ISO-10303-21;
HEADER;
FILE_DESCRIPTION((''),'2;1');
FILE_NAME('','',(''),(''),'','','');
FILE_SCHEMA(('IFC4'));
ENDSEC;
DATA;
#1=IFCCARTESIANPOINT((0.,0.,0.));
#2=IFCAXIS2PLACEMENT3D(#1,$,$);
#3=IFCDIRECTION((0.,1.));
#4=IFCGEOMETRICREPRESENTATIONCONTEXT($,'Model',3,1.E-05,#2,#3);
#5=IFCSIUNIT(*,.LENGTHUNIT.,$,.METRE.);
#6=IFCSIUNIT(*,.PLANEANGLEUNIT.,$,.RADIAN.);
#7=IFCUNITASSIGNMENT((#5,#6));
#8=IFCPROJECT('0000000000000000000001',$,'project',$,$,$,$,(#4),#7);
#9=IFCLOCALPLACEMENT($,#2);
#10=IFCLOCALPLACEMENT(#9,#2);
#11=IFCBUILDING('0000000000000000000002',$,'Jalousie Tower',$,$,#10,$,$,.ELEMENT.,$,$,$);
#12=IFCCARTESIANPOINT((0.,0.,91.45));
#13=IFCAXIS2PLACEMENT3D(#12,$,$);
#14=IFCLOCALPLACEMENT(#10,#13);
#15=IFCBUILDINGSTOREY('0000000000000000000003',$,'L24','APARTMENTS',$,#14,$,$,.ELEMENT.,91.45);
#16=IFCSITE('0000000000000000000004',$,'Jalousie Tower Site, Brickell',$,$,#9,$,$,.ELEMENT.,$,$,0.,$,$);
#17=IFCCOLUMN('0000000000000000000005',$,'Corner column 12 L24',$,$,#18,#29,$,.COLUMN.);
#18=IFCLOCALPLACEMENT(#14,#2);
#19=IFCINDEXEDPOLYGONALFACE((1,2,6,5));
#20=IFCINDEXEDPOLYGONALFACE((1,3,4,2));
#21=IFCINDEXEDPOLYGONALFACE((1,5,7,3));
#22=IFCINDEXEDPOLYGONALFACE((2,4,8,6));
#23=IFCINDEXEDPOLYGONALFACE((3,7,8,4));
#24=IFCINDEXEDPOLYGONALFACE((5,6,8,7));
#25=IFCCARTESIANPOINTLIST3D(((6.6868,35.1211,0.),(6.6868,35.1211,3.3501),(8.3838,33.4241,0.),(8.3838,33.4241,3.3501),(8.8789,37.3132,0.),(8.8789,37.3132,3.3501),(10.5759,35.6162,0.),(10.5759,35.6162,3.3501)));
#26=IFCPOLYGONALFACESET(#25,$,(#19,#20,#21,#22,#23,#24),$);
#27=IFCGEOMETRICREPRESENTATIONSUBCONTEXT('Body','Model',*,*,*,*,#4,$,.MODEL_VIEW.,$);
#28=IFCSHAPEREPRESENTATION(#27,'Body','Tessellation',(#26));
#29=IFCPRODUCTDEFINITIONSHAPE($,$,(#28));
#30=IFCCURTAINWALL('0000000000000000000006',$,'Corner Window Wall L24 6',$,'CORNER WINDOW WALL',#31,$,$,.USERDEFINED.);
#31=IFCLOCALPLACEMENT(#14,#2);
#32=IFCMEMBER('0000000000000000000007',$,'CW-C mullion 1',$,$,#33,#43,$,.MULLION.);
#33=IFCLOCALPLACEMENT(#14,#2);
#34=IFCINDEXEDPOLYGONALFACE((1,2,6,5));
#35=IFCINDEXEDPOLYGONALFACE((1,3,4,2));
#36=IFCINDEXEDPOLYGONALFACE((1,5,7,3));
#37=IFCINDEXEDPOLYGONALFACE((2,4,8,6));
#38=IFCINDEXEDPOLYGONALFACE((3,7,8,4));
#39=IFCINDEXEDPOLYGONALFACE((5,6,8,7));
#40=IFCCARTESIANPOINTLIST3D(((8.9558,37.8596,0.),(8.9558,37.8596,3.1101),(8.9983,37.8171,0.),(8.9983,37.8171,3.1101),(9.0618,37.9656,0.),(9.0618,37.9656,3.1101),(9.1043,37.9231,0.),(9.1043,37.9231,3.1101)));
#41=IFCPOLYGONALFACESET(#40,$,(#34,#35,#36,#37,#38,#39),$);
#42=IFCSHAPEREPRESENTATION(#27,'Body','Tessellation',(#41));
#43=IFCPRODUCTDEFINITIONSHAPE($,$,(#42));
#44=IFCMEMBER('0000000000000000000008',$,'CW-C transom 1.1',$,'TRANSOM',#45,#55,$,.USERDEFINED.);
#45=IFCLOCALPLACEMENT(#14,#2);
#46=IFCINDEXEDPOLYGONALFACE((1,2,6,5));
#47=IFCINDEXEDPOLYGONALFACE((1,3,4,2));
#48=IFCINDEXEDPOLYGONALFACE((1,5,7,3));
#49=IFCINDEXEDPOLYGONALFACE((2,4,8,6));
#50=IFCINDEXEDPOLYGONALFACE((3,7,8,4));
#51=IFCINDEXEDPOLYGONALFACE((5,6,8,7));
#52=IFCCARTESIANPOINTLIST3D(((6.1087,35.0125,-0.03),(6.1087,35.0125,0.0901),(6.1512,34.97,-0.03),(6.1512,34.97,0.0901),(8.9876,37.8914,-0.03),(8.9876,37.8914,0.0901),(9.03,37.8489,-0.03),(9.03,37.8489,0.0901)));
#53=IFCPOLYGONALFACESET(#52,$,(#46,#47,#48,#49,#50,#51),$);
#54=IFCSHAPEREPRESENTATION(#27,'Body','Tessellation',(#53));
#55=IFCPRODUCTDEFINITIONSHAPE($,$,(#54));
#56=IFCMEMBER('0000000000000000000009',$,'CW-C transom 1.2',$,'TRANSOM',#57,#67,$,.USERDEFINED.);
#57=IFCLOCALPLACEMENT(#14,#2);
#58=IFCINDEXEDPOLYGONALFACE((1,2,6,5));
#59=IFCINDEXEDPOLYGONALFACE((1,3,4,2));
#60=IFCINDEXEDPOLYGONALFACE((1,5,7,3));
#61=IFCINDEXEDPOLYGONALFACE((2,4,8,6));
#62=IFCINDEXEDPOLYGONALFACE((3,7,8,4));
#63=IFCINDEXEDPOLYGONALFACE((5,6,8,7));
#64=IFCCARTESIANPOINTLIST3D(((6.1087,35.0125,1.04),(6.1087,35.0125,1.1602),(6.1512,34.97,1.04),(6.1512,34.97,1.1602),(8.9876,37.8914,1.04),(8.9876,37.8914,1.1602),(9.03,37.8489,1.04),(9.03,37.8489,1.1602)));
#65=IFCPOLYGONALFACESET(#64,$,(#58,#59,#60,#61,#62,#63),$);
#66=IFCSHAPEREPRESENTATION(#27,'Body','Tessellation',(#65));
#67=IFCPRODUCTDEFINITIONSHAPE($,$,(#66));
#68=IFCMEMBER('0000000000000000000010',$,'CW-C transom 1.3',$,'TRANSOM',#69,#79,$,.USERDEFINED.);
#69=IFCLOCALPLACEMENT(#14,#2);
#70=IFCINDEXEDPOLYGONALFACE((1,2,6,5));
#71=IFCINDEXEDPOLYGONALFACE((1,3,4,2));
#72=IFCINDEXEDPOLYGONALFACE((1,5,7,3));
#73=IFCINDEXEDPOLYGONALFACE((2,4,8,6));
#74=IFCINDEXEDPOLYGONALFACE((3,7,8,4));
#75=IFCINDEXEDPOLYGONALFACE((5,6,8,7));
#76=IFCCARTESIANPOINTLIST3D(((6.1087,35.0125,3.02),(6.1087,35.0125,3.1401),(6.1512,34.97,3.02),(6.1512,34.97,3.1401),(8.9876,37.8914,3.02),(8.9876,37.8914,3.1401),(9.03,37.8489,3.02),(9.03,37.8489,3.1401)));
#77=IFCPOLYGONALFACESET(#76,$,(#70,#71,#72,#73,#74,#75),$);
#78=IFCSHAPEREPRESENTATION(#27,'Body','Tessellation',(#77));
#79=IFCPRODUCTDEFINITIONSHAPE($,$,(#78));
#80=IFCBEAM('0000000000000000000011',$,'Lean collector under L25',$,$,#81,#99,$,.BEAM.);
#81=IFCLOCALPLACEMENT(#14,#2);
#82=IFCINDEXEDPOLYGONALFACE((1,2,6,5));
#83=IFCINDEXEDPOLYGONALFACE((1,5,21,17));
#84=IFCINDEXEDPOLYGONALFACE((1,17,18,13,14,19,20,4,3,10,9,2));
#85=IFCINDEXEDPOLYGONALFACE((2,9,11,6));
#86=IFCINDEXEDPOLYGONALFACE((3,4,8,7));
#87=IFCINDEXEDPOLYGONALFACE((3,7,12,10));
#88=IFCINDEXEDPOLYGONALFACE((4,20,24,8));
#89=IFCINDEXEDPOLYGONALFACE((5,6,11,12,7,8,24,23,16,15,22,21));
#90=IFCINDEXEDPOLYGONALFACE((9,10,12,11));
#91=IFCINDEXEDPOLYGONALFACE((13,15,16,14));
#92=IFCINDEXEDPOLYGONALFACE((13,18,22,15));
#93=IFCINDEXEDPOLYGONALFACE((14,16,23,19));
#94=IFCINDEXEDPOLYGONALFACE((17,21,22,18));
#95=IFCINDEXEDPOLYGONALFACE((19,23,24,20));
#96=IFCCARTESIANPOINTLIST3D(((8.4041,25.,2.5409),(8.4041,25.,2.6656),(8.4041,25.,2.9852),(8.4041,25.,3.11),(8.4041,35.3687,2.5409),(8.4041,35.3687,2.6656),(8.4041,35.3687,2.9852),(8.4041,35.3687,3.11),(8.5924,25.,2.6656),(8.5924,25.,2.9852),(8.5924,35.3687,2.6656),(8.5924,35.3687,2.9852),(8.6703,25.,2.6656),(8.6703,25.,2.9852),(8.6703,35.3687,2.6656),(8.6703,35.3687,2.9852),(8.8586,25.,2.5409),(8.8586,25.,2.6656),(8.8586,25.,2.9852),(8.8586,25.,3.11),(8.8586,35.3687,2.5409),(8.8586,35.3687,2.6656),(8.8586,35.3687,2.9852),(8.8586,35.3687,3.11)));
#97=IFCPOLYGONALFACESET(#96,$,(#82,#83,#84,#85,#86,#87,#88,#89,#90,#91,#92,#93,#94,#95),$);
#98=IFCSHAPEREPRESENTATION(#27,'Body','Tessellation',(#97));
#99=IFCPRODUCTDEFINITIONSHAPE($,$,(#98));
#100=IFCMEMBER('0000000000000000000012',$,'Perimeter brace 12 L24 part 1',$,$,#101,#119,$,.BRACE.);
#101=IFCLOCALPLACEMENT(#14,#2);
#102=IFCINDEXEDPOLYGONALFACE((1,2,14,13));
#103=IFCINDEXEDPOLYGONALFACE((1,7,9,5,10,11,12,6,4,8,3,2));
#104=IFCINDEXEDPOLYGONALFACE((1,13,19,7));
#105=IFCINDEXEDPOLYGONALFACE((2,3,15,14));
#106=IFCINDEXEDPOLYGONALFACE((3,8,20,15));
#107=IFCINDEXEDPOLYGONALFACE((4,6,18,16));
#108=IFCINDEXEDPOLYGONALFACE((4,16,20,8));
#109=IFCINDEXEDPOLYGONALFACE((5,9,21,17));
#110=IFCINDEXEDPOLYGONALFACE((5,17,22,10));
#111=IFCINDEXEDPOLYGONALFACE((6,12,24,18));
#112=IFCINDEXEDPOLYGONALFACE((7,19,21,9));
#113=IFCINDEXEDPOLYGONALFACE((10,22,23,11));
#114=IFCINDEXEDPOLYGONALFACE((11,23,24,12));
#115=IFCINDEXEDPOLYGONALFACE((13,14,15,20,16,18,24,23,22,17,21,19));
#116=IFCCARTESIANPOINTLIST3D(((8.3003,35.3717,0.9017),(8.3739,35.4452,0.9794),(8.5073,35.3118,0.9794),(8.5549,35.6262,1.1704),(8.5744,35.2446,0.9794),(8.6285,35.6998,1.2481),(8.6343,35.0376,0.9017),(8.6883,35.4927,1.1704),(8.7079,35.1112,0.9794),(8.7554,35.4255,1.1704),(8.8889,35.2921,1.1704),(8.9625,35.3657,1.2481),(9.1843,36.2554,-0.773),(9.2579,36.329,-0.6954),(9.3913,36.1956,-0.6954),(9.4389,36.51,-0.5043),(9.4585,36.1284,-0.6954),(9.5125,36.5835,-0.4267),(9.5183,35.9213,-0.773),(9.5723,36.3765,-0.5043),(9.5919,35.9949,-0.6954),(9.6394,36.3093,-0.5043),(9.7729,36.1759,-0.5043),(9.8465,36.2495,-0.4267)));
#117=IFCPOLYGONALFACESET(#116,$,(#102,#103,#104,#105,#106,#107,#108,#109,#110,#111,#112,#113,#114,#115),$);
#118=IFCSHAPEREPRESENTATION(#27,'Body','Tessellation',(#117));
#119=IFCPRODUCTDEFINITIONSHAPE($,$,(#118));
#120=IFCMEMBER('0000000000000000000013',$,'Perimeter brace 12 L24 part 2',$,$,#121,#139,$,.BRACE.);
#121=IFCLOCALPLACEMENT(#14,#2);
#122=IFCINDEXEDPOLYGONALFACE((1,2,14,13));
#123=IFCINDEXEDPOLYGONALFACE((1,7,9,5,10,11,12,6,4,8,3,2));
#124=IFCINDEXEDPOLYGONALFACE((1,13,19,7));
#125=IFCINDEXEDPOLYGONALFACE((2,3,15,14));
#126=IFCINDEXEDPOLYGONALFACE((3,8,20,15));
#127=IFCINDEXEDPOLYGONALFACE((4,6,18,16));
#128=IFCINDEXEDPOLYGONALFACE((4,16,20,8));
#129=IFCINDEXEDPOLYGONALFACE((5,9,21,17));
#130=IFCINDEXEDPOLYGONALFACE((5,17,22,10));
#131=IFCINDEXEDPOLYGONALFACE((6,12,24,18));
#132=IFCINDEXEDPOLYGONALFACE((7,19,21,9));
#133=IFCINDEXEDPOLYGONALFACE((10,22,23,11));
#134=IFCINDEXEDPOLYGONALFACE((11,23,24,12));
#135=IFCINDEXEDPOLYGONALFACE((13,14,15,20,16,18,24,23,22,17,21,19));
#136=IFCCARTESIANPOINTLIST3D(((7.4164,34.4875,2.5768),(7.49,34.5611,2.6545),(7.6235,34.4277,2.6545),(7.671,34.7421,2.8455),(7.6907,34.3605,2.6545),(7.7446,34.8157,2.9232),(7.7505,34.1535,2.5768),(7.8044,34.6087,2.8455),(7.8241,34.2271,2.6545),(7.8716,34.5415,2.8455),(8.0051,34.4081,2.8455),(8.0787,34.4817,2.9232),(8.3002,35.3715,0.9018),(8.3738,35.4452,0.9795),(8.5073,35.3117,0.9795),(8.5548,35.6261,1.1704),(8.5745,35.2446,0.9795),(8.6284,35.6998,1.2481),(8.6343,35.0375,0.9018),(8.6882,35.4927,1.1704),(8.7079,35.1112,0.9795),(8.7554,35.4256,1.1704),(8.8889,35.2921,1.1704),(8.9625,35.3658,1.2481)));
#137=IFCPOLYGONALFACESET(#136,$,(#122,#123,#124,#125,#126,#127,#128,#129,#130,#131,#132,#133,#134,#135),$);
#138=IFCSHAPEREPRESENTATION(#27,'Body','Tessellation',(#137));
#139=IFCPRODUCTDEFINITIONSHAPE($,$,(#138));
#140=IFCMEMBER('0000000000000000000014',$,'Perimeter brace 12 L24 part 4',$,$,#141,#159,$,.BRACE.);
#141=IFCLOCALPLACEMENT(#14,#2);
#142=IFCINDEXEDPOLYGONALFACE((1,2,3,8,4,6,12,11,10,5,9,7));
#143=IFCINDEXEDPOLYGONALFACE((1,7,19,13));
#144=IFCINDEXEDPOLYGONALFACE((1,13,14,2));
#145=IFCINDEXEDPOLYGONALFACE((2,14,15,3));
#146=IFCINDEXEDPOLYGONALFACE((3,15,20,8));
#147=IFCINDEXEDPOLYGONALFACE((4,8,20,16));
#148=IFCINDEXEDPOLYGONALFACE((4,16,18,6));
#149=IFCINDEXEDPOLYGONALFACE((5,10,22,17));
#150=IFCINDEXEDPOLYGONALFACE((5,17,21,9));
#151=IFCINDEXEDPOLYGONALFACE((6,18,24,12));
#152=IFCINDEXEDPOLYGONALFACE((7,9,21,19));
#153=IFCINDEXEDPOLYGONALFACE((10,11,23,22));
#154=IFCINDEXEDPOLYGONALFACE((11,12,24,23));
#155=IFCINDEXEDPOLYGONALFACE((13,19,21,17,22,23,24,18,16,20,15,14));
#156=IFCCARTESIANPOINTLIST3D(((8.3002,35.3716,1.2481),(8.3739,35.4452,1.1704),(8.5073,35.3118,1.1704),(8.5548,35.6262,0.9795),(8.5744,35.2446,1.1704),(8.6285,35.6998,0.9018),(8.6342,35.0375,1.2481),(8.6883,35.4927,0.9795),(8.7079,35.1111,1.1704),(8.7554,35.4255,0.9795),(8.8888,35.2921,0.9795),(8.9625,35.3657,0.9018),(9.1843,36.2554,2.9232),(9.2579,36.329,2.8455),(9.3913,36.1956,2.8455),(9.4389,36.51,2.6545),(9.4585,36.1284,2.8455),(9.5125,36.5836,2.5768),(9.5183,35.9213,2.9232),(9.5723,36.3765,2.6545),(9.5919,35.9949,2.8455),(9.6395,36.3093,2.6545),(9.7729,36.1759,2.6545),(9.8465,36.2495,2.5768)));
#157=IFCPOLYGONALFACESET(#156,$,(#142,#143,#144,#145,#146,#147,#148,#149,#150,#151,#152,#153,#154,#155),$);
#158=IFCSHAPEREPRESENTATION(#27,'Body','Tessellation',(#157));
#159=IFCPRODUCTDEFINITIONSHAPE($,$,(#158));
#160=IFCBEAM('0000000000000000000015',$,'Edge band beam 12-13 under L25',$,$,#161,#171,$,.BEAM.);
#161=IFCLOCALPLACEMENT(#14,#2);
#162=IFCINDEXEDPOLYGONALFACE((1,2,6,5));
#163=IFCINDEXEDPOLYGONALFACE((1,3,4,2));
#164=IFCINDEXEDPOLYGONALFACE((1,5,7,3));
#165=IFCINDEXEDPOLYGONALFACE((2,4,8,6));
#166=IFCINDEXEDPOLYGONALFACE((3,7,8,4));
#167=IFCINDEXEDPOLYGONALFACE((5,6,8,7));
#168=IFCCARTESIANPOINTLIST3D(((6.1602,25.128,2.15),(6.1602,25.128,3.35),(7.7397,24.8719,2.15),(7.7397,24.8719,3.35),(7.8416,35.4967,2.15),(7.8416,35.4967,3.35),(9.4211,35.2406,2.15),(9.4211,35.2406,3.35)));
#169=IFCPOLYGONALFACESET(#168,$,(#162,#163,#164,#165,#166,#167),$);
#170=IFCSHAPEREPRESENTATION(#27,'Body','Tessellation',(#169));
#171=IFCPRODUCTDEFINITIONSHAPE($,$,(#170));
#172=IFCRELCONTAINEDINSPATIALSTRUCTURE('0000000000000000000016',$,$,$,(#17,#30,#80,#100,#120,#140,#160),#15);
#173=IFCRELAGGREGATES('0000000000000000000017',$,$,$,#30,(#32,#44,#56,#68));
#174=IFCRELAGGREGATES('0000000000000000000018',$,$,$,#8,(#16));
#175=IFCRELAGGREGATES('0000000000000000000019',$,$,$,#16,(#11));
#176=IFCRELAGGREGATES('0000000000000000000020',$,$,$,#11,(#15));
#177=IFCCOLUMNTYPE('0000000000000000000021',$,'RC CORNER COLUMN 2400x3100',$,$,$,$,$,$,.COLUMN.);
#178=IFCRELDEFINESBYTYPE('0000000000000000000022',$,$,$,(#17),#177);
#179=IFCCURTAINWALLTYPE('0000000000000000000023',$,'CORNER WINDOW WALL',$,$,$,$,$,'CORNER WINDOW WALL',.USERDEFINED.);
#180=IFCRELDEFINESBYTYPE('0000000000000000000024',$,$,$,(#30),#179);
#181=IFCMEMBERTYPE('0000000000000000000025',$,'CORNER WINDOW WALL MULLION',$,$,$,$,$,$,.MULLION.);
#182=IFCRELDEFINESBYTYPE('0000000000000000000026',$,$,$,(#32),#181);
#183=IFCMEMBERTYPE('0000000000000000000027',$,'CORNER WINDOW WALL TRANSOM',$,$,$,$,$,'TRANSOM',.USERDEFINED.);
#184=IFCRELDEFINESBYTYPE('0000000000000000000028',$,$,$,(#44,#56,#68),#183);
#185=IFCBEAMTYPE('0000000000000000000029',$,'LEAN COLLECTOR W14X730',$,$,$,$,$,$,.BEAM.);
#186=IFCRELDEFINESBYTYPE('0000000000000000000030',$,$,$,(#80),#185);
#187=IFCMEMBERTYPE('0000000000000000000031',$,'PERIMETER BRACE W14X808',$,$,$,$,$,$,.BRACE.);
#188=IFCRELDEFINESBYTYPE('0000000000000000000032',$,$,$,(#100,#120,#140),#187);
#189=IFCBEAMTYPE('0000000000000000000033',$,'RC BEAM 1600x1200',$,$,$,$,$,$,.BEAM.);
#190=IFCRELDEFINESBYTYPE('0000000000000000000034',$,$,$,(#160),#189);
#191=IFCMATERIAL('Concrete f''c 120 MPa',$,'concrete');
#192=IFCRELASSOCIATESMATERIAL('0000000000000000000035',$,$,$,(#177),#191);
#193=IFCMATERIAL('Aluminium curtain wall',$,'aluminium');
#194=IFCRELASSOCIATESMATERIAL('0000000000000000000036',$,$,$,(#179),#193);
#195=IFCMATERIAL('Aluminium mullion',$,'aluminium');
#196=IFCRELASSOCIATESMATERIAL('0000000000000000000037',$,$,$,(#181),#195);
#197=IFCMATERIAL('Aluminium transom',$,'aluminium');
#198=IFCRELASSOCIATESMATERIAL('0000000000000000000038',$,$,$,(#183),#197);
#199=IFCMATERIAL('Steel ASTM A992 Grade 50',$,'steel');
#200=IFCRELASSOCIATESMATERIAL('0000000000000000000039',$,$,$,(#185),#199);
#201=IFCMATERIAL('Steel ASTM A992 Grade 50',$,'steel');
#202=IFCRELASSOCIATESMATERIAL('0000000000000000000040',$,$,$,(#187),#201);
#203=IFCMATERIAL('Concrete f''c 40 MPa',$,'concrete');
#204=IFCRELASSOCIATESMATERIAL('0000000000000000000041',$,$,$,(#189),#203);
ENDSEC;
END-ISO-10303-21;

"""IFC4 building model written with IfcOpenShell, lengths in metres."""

from ifc_helpers import new_model, si_unit, direction, frame, origin, origin_2d, place, context, subcontext, project, spatial, rectangle, i_section, extrude, material, material_profile, profile_set, type_object, element, aggregate, save


model = new_model("IFC4")

# Units and contexts
model_context = context("Model", 3, precision=1e-05, world=origin(), true_north=direction((0.0, 1.0)))
body_context = subcontext(model_context, "Body", "Model", "MODEL_VIEW")
ifc_project = project(units=[si_unit("LENGTHUNIT", "METRE"), si_unit("PLANEANGLEUNIT", "RADIAN")], contexts=[model_context])

# Site, building, storey
site_placement = place(None, origin())
site = spatial("IfcSite", under=ifc_project, at=site_placement, Name="Jalousie Tower Site, Brickell", CompositionType="ELEMENT", RefElevation=0.0)
building_placement = place(site_placement, origin())
building = spatial("IfcBuilding", under=site, at=building_placement, Name="Jalousie Tower", CompositionType="ELEMENT")
storey_placement = place(building_placement, frame((0.0, 0.0, 91.45)))
storey = spatial("IfcBuildingStorey", under=building, at=storey_placement, Name="L24", Description="APARTMENTS", CompositionType="ELEMENT", Elevation=91.45)

# Column
ifc_material_1 = material(Name="Concrete f'c 120 MPa", Category="concrete")
ifc_material_profile_1 = material_profile(ifc_material_1, rectangle(XDim=2.3999, YDim=3.1001, at=origin_2d()), Name="RC 2400x3100")
ifc_profile_set_1 = profile_set([ifc_material_profile_1], Name="Concrete f'c 120 MPa")
column_type = type_object("IfcColumnType", Name="RC CORNER COLUMN 2400x3100", PredefinedType="COLUMN", material=ifc_profile_set_1)
column_placement = place(storey_placement, frame((8.6313, 35.3687, 0.0), z_axis=(0.0, 0.0, 1.0), x_axis=(0.707107, -0.707107, 0.0)))
element("IfcColumn", 1, at=column_placement, inside=storey, type_object=column_type, Name="Corner column 12 L24", PredefinedType="COLUMN", context=body_context, shape_type="SweptSolid", body=[
    extrude(rectangle(XDim=2.3999, YDim=3.1001, at=origin_2d()), origin(), (0.0, 0.0, 1.0), 3.3501),
])

# Curtain wall, members
ifc_material_2 = material(Name="Aluminium curtain wall", Category="aluminium")
curtain_wall_type_1 = type_object("IfcCurtainWallType", Name="CORNER WINDOW WALL", ElementType="CORNER WINDOW WALL", PredefinedType="USERDEFINED", material=ifc_material_2)
curtain_wall_1_placement = place(storey_placement, origin())
curtain_wall_1 = element("IfcCurtainWall", 2, at=curtain_wall_1_placement, inside=storey, type_object=curtain_wall_type_1, Name="Corner Window Wall L24 6", ObjectType="CORNER WINDOW WALL", PredefinedType="USERDEFINED")
ifc_material_3 = material(Name="Aluminium mullion", Category="aluminium")
ifc_material_profile_2 = material_profile(ifc_material_3, rectangle(XDim=0.0601, YDim=0.1499, at=origin_2d()), Name="MULLION 60x150")
ifc_profile_set_2 = profile_set([ifc_material_profile_2], Name="Aluminium mullion")
member_type_1 = type_object("IfcMemberType", Name="CORNER WINDOW WALL MULLION", PredefinedType="MULLION", material=ifc_profile_set_2)
member_1_placement = place(storey_placement, frame((9.03, 37.8914, 0.0), z_axis=(0.0, 0.0, 1.0), x_axis=(0.707107, -0.707107, 0.0)))
member_1 = element("IfcMember", 3, at=member_1_placement, type_object=member_type_1, Name="CW-C mullion 1", PredefinedType="MULLION", context=body_context, shape_type="SweptSolid", body=[
    extrude(rectangle(XDim=0.0601, YDim=0.1499, at=origin_2d()), origin(), (0.0, 0.0, 1.0), 3.1101),
])
ifc_material_4 = material(Name="Aluminium transom", Category="aluminium")
ifc_material_profile_3 = material_profile(ifc_material_4, rectangle(XDim=0.0601, YDim=0.1201, at=origin_2d()), Name="TRANSOM 60x120")
ifc_profile_set_3 = profile_set([ifc_material_profile_3], Name="Aluminium transom")
member_type_2 = type_object("IfcMemberType", Name="CORNER WINDOW WALL TRANSOM", ElementType="TRANSOM", PredefinedType="USERDEFINED", material=ifc_profile_set_3)
member_2_placement = place(storey_placement, frame((9.0088, 37.8701, 0.03), z_axis=(-0.707107, -0.707107, 0.0), x_axis=(0.707107, -0.707107, 0.0)))
member_2 = element("IfcMember", 4, at=member_2_placement, type_object=member_type_2, Name="CW-C transom 1.1", ObjectType="TRANSOM", PredefinedType="USERDEFINED", context=body_context, shape_type="SweptSolid", body=[
    extrude(rectangle(XDim=0.0601, YDim=0.1201, at=origin_2d()), origin(), (0.0, 0.0, 1.0), 4.0713),
])
member_3_placement = place(storey_placement, frame((9.0088, 37.8701, 1.1001), z_axis=(-0.707107, -0.707107, 0.0), x_axis=(0.707107, -0.707107, 0.0)))
member_3 = element("IfcMember", 5, at=member_3_placement, type_object=member_type_2, Name="CW-C transom 1.2", ObjectType="TRANSOM", PredefinedType="USERDEFINED", context=body_context, shape_type="SweptSolid", body=[
    extrude(rectangle(XDim=0.0601, YDim=0.1201, at=origin_2d()), origin(), (0.0, 0.0, 1.0), 4.0713),
])
member_4_placement = place(storey_placement, frame((9.0088, 37.8701, 3.0801), z_axis=(-0.707107, -0.707107, 0.0), x_axis=(0.707107, -0.707107, 0.0)))
member_4 = element("IfcMember", 6, at=member_4_placement, type_object=member_type_2, Name="CW-C transom 1.3", ObjectType="TRANSOM", PredefinedType="USERDEFINED", context=body_context, shape_type="SweptSolid", body=[
    extrude(rectangle(XDim=0.0601, YDim=0.1201, at=origin_2d()), origin(), (0.0, 0.0, 1.0), 4.0713),
])

# Beam
ifc_material_5 = material(Name="Steel ASTM A992 Grade 50", Category="steel")
ifc_material_profile_4 = material_profile(ifc_material_5, i_section(OverallWidth=0.4546, OverallDepth=0.5691, WebThickness=0.0779, FlangeThickness=0.1248, at=origin_2d()), Name="W14X730")
ifc_profile_set_4 = profile_set([ifc_material_profile_4], Name="Steel ASTM A992 Grade 50")
beam_type_1 = type_object("IfcBeamType", Name="LEAN COLLECTOR W14X730", PredefinedType="BEAM", material=ifc_profile_set_4)
beam_1_placement = place(storey_placement, frame((8.6313, 35.3687, 2.8254), z_axis=(0.0, -1.0, 0.0), x_axis=(1.0, 0.0, 0.0)))
element("IfcBeam", 7, at=beam_1_placement, inside=storey, type_object=beam_type_1, Name="Lean collector under L25", PredefinedType="BEAM", context=body_context, shape_type="SweptSolid", body=[
    extrude(i_section(OverallWidth=0.4546, OverallDepth=0.5691, WebThickness=0.0779, FlangeThickness=0.1248, at=origin_2d()), origin(), (0.0, 0.0, 1.0), 10.3687),
])

# Members
ifc_material_6 = material(Name="Steel ASTM A992 Grade 50", Category="steel")
ifc_material_profile_5 = material_profile(ifc_material_6, i_section(OverallWidth=0.4724, OverallDepth=0.5791, WebThickness=0.095, FlangeThickness=0.1299, at=origin_2d()), Name="W14X808")
ifc_profile_set_5 = profile_set([ifc_material_profile_5], Name="Steel ASTM A992 Grade 50")
member_type_3 = type_object("IfcMemberType", Name="PERIMETER BRACE W14X808", PredefinedType="BRACE", material=ifc_profile_set_5)
member_5_placement = place(storey_placement, frame((9.5154, 36.2524, -0.5999), z_axis=(-0.423008, -0.422891, 0.801391), x_axis=(0.707009, -0.707204, 0.0)))
element("IfcMember", 8, at=member_5_placement, inside=storey, type_object=member_type_3, Name="Perimeter brace 12 L24 part 1", PredefinedType="BRACE", context=body_context, shape_type="SweptSolid", body=[
    extrude(i_section(OverallWidth=0.4724, OverallDepth=0.5791, WebThickness=0.095, FlangeThickness=0.1299, at=origin_2d()), origin(), (0.0, 0.0, 1.0), 2.0898),
])
for number, where, z_axis, x_axis, name in (
    (9, (8.6313, 35.3687, 1.075), (-0.422852, -0.422969, 0.801432), (0.707204, -0.707009, 0.0), "Perimeter brace 12 L24 part 2"),
    (10, (8.6313, 35.3687, 1.075), (0.422969, 0.422852, 0.801432), (-0.707009, 0.707204, 0.0), "Perimeter brace 12 L24 part 4"),
):
    element("IfcMember", number, at=place(storey_placement, frame(where, z_axis=z_axis, x_axis=x_axis)), inside=storey, type_object=member_type_3, Name=name, PredefinedType="BRACE", context=body_context, shape_type="SweptSolid", body=[
        extrude(i_section(OverallWidth=0.4724, OverallDepth=0.5791, WebThickness=0.095, FlangeThickness=0.1299, at=origin_2d()), origin(), (0.0, 0.0, 1.0), 2.0901),
    ])

# Beam
ifc_material_7 = material(Name="Concrete f'c 40 MPa", Category="concrete")
ifc_material_profile_6 = material_profile(ifc_material_7, rectangle(XDim=1.6001, YDim=1.2, at=origin_2d()), Name="RC 1600x1200")
ifc_profile_set_6 = profile_set([ifc_material_profile_6], Name="Concrete f'c 40 MPa")
beam_type_2 = type_object("IfcBeamType", Name="RC BEAM 1600x1200", PredefinedType="BEAM", material=ifc_profile_set_6)
beam_2_placement = place(storey_placement, frame((8.6313, 35.3687, 2.75), z_axis=(-0.160071, -0.987106, 0.0), x_axis=(0.987106, -0.160071, 0.0)))
element("IfcBeam", 11, at=beam_2_placement, inside=storey, type_object=beam_type_2, Name="Edge band beam 12-13 under L25", PredefinedType="BEAM", context=body_context, shape_type="SweptSolid", body=[
    extrude(rectangle(XDim=1.6001, YDim=1.2, at=origin_2d()), origin(), (0.0, 0.0, 1.0), 10.5042),
])

aggregate(curtain_wall_1, [member_1, member_2, member_3, member_4])

save(model, "model.ifc")
